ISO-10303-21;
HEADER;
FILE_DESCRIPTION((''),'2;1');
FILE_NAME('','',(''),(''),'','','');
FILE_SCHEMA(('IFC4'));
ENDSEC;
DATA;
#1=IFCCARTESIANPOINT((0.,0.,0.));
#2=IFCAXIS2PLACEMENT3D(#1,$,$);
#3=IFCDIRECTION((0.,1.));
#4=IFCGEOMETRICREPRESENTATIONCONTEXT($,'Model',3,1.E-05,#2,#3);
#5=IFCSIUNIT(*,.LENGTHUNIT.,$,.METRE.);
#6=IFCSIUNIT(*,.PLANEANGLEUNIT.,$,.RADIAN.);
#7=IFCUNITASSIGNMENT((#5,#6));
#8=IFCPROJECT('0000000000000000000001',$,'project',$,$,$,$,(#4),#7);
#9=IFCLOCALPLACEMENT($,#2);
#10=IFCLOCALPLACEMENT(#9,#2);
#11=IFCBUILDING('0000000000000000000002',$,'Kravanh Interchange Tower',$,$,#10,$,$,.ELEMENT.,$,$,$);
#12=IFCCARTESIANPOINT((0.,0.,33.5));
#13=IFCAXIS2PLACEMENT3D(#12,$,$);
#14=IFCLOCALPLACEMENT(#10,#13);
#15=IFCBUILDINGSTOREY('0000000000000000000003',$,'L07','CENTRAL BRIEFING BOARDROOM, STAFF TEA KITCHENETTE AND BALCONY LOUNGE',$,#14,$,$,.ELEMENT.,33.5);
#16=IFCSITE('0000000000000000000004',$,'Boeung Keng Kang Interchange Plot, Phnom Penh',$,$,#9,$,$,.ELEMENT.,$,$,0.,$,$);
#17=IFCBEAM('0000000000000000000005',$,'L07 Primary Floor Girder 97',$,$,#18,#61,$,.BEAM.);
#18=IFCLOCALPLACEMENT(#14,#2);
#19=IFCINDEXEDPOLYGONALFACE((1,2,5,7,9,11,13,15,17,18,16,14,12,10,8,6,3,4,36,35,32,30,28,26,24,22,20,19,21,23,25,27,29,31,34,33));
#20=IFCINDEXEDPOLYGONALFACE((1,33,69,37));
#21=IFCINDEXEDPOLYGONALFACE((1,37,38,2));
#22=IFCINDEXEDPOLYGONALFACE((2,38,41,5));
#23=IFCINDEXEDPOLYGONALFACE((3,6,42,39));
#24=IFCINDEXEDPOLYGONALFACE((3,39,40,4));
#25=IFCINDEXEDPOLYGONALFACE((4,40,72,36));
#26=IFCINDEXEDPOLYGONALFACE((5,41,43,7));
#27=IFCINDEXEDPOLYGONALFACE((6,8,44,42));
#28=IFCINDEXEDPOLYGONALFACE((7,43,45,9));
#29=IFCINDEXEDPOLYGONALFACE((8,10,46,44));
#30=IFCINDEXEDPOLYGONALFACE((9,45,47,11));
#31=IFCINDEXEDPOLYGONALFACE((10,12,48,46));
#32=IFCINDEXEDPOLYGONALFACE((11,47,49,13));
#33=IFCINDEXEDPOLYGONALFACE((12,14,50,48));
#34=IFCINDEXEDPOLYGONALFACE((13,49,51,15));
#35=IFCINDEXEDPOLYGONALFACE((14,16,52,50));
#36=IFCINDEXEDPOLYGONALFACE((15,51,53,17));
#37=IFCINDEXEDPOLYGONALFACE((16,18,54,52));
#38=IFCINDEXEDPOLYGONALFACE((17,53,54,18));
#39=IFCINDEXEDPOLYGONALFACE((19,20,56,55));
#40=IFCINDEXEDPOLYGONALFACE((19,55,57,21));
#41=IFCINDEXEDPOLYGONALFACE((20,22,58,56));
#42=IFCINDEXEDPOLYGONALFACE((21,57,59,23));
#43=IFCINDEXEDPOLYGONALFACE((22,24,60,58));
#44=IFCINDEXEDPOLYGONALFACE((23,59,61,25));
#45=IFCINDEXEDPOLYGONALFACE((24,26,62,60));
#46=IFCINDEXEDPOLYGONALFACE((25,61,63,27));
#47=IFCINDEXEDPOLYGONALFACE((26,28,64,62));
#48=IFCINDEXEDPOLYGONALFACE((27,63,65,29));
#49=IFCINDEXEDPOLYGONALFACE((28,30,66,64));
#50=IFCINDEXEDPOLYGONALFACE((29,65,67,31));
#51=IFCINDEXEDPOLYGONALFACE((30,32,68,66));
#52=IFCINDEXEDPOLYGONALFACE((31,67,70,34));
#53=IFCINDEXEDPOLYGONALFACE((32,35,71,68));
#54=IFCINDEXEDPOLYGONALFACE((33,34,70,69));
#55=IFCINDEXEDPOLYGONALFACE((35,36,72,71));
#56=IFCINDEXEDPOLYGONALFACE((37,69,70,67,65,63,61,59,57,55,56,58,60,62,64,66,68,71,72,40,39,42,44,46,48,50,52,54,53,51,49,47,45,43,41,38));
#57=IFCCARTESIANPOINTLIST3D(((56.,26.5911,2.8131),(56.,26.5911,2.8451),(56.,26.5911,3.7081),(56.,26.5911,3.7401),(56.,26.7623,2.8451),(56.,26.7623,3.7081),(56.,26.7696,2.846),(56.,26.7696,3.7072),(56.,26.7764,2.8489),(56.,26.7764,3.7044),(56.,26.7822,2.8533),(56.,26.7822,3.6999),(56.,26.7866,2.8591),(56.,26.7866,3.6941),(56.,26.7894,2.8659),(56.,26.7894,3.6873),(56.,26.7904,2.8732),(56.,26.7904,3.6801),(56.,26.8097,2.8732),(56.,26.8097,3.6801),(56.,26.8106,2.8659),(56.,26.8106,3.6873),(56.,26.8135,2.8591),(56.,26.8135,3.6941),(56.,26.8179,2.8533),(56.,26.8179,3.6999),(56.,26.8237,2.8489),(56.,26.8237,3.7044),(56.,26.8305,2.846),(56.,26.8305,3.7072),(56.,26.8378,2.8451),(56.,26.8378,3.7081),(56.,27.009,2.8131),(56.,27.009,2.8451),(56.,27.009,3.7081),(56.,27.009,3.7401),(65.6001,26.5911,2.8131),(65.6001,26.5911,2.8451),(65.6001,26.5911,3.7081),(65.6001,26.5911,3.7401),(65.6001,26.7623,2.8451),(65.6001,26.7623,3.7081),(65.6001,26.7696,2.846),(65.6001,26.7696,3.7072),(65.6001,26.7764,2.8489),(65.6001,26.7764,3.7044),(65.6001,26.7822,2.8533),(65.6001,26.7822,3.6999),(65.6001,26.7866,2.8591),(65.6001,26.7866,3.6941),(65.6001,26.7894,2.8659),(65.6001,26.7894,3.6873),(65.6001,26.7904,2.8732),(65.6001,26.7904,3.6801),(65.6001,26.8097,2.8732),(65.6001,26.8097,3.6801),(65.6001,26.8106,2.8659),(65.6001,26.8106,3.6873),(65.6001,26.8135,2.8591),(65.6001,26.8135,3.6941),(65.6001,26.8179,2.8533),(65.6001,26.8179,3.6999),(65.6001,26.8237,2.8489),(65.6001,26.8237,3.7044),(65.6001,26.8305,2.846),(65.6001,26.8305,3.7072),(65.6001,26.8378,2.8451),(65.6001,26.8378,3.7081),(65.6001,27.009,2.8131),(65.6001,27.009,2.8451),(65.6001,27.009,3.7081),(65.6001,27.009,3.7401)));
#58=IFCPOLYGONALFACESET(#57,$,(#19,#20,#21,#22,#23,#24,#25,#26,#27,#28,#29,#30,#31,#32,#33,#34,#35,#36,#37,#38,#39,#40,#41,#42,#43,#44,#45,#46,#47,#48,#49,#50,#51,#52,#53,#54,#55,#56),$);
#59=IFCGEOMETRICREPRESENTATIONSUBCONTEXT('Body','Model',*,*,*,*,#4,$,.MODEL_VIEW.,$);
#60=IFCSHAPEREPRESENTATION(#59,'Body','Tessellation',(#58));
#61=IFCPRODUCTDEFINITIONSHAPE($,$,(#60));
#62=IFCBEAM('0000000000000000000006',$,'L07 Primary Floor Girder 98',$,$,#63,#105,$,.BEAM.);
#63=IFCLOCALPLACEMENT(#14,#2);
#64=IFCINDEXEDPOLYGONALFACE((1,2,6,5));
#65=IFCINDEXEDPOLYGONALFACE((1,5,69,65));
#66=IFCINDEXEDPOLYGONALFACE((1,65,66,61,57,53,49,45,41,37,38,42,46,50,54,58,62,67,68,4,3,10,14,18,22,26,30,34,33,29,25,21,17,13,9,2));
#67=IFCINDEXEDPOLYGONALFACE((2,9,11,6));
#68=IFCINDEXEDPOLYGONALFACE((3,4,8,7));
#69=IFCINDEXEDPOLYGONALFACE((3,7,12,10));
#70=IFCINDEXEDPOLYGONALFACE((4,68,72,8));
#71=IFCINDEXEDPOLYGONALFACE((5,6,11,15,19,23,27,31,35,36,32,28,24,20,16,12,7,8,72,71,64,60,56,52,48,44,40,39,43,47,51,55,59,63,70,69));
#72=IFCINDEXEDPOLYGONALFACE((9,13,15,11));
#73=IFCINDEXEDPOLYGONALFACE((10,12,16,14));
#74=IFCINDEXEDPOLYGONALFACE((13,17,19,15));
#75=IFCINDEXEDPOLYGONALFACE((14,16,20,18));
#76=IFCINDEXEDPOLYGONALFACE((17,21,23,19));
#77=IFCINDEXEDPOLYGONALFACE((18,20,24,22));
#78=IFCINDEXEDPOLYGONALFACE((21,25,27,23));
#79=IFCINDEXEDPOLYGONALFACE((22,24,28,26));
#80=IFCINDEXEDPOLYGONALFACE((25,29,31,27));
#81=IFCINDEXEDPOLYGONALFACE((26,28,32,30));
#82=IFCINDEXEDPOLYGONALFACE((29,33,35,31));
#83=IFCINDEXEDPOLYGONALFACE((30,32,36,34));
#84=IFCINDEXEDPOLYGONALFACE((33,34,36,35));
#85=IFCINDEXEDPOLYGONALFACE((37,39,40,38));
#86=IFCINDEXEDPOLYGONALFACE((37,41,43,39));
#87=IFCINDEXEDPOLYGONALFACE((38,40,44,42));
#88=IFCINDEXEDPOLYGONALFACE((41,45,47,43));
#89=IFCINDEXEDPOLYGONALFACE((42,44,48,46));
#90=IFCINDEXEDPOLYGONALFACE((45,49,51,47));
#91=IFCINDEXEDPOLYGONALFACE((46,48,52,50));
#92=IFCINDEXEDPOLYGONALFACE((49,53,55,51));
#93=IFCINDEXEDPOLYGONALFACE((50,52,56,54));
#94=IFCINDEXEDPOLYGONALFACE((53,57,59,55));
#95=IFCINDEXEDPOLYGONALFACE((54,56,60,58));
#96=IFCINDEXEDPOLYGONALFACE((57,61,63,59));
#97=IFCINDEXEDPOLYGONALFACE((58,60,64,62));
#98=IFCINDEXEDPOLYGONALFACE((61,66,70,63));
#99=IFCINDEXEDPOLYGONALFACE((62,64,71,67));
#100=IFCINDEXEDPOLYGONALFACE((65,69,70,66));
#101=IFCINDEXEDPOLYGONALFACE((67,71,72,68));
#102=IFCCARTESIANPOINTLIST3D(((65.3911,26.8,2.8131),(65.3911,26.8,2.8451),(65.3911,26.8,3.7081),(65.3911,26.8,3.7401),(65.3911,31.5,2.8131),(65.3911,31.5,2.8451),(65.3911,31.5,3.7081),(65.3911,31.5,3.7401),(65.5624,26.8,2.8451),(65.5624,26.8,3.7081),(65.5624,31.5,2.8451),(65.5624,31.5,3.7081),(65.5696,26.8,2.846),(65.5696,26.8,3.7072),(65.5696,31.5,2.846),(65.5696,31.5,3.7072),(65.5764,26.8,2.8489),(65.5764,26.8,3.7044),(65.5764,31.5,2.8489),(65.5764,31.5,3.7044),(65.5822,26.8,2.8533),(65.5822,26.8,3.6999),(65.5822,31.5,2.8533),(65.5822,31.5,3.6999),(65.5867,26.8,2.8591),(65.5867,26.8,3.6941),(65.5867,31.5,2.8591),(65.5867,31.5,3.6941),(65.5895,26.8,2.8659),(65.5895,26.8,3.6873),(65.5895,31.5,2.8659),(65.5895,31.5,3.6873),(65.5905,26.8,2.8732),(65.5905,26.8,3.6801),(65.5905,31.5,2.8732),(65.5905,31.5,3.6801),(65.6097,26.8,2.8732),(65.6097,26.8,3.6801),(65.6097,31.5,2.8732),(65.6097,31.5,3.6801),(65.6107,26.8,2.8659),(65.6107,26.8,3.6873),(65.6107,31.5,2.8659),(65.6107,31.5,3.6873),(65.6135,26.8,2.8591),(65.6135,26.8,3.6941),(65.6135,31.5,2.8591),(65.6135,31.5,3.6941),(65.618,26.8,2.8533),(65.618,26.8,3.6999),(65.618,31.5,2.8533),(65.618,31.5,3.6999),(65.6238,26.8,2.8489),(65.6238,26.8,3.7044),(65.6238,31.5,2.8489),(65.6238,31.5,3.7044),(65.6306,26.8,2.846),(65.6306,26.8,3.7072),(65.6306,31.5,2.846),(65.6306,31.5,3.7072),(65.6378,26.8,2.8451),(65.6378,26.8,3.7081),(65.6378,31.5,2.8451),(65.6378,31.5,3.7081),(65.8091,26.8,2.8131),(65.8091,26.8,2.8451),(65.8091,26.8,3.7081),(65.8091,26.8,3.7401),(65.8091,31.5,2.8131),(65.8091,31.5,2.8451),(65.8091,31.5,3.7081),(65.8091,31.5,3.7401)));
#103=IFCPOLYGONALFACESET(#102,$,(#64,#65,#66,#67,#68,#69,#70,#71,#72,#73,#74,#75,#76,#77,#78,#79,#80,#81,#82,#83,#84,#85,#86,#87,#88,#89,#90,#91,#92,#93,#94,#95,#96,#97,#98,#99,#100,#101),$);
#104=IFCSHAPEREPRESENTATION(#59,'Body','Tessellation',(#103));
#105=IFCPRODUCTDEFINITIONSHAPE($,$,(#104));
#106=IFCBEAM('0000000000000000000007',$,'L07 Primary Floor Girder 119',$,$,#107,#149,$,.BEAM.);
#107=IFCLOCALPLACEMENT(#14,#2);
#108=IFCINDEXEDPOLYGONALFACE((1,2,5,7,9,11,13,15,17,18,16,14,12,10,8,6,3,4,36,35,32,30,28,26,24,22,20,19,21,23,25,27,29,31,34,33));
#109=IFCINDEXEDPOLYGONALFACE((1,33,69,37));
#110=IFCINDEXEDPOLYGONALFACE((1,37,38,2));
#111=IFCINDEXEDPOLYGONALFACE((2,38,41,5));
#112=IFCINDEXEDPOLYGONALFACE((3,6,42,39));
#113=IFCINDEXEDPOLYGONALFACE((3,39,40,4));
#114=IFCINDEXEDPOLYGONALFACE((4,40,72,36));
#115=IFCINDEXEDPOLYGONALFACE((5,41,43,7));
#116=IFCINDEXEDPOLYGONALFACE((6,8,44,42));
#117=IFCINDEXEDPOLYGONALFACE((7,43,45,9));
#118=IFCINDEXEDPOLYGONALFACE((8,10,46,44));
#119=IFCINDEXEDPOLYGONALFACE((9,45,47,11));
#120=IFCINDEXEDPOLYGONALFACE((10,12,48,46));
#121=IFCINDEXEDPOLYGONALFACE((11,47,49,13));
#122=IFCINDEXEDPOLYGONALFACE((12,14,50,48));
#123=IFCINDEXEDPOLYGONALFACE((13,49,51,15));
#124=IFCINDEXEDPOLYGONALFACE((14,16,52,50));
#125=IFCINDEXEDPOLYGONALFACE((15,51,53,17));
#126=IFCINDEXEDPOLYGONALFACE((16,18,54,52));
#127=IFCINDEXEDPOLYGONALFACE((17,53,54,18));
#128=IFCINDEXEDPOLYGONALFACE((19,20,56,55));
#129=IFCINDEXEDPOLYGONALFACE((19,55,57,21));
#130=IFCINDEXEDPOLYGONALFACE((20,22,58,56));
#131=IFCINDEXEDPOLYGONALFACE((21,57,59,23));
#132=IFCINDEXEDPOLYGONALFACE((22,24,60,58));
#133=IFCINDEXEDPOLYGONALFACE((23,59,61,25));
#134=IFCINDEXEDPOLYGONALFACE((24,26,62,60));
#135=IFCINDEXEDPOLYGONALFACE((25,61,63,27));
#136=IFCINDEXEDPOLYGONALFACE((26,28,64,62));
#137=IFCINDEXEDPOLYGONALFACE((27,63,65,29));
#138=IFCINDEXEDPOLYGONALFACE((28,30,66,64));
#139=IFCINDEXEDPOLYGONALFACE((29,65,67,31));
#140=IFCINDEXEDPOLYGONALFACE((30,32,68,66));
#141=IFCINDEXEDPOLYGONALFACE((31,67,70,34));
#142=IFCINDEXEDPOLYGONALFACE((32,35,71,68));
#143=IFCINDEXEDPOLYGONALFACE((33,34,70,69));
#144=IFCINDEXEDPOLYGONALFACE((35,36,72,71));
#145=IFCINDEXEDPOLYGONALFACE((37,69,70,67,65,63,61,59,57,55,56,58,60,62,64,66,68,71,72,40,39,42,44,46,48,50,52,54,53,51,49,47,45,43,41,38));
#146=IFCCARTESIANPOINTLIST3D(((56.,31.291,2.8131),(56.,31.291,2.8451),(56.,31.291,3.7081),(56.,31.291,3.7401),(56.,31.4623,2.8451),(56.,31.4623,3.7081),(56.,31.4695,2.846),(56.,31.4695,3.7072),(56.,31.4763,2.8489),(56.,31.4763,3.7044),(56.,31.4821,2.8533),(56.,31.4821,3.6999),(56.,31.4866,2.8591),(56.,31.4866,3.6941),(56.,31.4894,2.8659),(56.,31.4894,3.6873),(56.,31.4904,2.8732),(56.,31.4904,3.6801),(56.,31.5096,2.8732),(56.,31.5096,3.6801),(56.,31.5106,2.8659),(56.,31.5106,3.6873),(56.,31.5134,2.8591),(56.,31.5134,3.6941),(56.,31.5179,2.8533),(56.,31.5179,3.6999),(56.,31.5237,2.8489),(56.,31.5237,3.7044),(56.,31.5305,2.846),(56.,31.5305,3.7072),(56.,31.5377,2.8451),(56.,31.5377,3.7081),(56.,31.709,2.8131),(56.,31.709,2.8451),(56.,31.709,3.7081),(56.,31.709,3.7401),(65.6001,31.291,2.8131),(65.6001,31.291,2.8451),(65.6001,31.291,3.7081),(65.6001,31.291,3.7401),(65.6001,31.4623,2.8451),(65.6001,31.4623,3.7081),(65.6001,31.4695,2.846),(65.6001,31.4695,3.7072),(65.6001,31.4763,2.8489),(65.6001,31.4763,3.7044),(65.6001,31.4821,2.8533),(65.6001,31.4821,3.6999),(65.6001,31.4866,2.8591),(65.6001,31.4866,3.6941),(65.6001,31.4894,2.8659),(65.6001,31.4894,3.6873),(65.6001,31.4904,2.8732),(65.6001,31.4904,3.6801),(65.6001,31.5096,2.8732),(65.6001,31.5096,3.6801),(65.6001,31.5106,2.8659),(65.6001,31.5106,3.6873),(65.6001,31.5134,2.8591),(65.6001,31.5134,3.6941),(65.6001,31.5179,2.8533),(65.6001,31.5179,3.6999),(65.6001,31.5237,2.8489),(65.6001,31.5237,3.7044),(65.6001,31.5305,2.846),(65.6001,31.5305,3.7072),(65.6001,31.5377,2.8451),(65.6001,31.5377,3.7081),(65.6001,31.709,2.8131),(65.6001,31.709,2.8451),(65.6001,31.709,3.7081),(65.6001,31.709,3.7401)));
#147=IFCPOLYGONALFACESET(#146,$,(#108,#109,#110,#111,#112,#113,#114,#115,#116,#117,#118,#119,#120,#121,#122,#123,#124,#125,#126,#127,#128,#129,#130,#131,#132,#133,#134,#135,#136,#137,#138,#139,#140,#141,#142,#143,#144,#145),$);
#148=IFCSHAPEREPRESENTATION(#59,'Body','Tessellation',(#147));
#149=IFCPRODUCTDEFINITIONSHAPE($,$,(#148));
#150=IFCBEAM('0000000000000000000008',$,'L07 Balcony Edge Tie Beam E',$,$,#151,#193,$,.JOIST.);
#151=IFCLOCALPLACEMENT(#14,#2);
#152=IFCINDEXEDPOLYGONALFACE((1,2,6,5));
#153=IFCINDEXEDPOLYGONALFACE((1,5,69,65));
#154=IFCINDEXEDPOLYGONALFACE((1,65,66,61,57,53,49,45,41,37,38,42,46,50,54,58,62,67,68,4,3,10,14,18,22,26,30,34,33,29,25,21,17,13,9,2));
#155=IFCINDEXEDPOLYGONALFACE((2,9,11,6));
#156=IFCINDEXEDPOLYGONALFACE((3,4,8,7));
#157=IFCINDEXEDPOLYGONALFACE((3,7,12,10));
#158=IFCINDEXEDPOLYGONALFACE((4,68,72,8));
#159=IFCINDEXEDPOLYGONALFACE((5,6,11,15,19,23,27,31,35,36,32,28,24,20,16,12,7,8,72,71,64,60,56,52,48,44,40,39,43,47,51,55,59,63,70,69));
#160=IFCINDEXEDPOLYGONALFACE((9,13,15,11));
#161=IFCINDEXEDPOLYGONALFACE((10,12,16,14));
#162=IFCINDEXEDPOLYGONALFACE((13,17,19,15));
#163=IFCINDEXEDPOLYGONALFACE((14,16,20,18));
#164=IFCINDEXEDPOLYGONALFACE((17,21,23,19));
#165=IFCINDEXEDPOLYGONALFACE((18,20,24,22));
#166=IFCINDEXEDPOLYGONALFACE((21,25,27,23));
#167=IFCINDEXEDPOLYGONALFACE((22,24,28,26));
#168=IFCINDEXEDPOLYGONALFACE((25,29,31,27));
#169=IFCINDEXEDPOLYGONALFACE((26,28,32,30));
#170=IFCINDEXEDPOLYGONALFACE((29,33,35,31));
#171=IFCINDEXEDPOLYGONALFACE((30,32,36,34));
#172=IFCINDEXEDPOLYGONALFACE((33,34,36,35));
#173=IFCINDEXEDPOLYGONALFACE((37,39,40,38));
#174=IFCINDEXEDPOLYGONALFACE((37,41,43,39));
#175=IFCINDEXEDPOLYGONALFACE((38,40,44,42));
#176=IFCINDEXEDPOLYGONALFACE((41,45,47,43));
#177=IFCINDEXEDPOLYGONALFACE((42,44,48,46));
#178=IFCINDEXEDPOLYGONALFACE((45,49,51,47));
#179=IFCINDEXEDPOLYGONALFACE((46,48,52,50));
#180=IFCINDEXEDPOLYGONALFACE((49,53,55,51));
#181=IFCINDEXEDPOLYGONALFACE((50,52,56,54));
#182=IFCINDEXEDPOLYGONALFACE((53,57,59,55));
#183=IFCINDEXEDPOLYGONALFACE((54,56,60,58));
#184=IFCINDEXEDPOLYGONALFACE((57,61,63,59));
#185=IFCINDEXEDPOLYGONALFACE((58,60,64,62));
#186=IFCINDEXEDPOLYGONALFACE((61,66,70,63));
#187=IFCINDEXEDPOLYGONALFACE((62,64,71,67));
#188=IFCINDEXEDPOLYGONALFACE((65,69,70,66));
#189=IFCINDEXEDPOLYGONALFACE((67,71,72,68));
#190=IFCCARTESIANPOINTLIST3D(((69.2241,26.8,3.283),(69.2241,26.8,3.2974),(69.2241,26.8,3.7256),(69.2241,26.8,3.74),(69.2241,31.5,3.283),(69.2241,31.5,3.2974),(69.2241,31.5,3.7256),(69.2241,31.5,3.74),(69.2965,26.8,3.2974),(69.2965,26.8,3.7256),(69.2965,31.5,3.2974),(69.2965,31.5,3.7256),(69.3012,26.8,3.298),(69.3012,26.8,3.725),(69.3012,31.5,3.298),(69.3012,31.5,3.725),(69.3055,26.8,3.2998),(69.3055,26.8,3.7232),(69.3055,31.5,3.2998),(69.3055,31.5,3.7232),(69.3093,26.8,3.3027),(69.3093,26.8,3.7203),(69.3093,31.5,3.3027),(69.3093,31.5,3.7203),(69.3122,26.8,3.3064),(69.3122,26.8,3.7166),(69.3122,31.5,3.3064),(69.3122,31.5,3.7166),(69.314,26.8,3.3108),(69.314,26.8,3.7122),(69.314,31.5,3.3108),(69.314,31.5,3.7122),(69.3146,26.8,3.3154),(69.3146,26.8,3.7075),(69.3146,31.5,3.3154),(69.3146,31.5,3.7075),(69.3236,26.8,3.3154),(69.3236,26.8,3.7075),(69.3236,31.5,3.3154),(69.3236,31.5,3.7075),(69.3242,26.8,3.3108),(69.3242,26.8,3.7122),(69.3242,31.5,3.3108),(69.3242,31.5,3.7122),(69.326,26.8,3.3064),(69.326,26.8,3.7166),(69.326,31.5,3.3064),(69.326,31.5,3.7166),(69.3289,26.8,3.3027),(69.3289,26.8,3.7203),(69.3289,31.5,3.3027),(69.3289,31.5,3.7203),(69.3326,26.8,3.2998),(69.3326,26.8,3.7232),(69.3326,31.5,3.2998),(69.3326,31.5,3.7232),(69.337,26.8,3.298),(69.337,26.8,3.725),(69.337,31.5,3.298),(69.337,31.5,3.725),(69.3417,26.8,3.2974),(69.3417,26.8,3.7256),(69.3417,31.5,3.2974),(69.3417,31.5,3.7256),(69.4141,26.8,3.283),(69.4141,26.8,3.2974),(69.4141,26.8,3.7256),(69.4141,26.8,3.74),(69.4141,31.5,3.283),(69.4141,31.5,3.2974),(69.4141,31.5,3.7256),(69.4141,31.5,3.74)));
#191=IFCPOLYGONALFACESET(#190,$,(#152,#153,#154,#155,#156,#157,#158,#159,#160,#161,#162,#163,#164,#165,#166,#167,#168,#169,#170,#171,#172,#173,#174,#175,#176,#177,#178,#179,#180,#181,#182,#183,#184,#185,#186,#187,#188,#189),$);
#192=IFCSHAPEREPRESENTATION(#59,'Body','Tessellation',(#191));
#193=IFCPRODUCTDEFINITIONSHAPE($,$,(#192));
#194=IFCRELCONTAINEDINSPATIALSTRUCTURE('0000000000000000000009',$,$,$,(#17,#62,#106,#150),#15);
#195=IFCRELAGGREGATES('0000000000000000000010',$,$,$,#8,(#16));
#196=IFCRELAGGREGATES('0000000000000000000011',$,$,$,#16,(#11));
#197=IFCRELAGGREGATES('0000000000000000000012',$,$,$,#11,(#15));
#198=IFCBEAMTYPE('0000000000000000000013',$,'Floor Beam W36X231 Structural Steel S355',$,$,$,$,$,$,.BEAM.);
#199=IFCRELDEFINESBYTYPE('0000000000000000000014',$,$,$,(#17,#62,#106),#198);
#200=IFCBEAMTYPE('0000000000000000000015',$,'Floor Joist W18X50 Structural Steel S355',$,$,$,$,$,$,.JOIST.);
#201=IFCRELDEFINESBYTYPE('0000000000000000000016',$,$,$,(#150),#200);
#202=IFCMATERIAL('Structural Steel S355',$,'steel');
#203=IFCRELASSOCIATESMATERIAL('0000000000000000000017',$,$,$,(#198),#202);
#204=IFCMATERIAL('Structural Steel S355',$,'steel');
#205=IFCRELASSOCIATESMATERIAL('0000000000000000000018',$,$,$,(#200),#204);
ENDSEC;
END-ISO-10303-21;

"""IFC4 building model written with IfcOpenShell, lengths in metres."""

from ifc_helpers import new_model, si_unit, direction, frame, origin, origin_2d, place, context, subcontext, project, spatial, i_section, extrude, material, material_profile, profile_set, type_object, element, save


model = new_model("IFC4")

# Units and contexts
model_context = context("Model", 3, precision=1e-05, world=origin(), true_north=direction((0.0, 1.0)))
body_context = subcontext(model_context, "Body", "Model", "MODEL_VIEW")
ifc_project = project(units=[si_unit("LENGTHUNIT", "METRE"), si_unit("PLANEANGLEUNIT", "RADIAN")], contexts=[model_context])

# Site, building, storey
site_placement = place(None, origin())
site = spatial("IfcSite", under=ifc_project, at=site_placement, Name="Boeung Keng Kang Interchange Plot, Phnom Penh", CompositionType="ELEMENT", RefElevation=0.0)
building_placement = place(site_placement, origin())
building = spatial("IfcBuilding", under=site, at=building_placement, Name="Kravanh Interchange Tower", CompositionType="ELEMENT")
storey_placement = place(building_placement, frame((0.0, 0.0, 33.5)))
storey = spatial("IfcBuildingStorey", under=building, at=storey_placement, Name="L07", Description="CENTRAL BRIEFING BOARDROOM, STAFF TEA KITCHENETTE AND BALCONY LOUNGE", CompositionType="ELEMENT", Elevation=33.5)

# Beams
ifc_material_1 = material(Name="Structural Steel S355", Category="steel")
ifc_material_profile_1 = material_profile(ifc_material_1, i_section(OverallWidth=0.418, OverallDepth=0.927, WebThickness=0.0193, FlangeThickness=0.032, FilletRadius=0.0281, at=origin_2d()), Name="W36X231")
ifc_profile_set_1 = profile_set([ifc_material_profile_1], Name="Structural Steel S355")
beam_type_1 = type_object("IfcBeamType", Name="Floor Beam W36X231 Structural Steel S355", PredefinedType="BEAM", material=ifc_profile_set_1)
beam_1_placement = place(storey_placement, frame((56.0, 26.8, 3.2766), z_axis=(1.0, 0.0, 0.0), x_axis=(0.0, 1.0, 0.0)))
element("IfcBeam", 1, at=beam_1_placement, inside=storey, type_object=beam_type_1, Name="L07 Primary Floor Girder 97", PredefinedType="BEAM", context=body_context, shape_type="SweptSolid", body=[
    extrude(i_section(OverallWidth=0.418, OverallDepth=0.927, WebThickness=0.0193, FlangeThickness=0.032, FilletRadius=0.0281, at=origin_2d()), origin(), (0.0, 0.0, 1.0), 9.6001),
])
beam_2_placement = place(storey_placement, frame((65.6001, 26.8, 3.2766), z_axis=(0.0, 1.0, 0.0), x_axis=(-1.0, 0.0, 0.0)))
element("IfcBeam", 2, at=beam_2_placement, inside=storey, type_object=beam_type_1, Name="L07 Primary Floor Girder 98", PredefinedType="BEAM", context=body_context, shape_type="SweptSolid", body=[
    extrude(i_section(OverallWidth=0.418, OverallDepth=0.927, WebThickness=0.0193, FlangeThickness=0.032, FilletRadius=0.0281, at=origin_2d()), origin(), (0.0, 0.0, 1.0), 4.7),
])
beam_3_placement = place(storey_placement, frame((56.0, 31.5, 3.2766), z_axis=(1.0, 0.0, 0.0), x_axis=(0.0, 1.0, 0.0)))
element("IfcBeam", 3, at=beam_3_placement, inside=storey, type_object=beam_type_1, Name="L07 Primary Floor Girder 119", PredefinedType="BEAM", context=body_context, shape_type="SweptSolid", body=[
    extrude(i_section(OverallWidth=0.418, OverallDepth=0.927, WebThickness=0.0193, FlangeThickness=0.032, FilletRadius=0.0281, at=origin_2d()), origin(), (0.0, 0.0, 1.0), 9.6001),
])
ifc_material_2 = material(Name="Structural Steel S355", Category="steel")
ifc_material_profile_2 = material_profile(ifc_material_2, i_section(OverallWidth=0.1899, OverallDepth=0.457, WebThickness=0.009, FlangeThickness=0.0144, FilletRadius=0.0181, at=origin_2d()), Name="W18X50")
ifc_profile_set_2 = profile_set([ifc_material_profile_2], Name="Structural Steel S355")
beam_type_2 = type_object("IfcBeamType", Name="Floor Joist W18X50 Structural Steel S355", PredefinedType="JOIST", material=ifc_profile_set_2)
beam_4_placement = place(storey_placement, frame((69.3191, 26.8, 3.5115), z_axis=(0.0, 1.0, 0.0), x_axis=(-1.0, 0.0, 0.0)))
element("IfcBeam", 4, at=beam_4_placement, inside=storey, type_object=beam_type_2, Name="L07 Balcony Edge Tie Beam E", PredefinedType="JOIST", context=body_context, shape_type="SweptSolid", body=[
    extrude(i_section(OverallWidth=0.1899, OverallDepth=0.457, WebThickness=0.009, FlangeThickness=0.0144, FilletRadius=0.0181, at=origin_2d()), origin(), (0.0, 0.0, 1.0), 4.7),
])

save(model, "model.ifc")
